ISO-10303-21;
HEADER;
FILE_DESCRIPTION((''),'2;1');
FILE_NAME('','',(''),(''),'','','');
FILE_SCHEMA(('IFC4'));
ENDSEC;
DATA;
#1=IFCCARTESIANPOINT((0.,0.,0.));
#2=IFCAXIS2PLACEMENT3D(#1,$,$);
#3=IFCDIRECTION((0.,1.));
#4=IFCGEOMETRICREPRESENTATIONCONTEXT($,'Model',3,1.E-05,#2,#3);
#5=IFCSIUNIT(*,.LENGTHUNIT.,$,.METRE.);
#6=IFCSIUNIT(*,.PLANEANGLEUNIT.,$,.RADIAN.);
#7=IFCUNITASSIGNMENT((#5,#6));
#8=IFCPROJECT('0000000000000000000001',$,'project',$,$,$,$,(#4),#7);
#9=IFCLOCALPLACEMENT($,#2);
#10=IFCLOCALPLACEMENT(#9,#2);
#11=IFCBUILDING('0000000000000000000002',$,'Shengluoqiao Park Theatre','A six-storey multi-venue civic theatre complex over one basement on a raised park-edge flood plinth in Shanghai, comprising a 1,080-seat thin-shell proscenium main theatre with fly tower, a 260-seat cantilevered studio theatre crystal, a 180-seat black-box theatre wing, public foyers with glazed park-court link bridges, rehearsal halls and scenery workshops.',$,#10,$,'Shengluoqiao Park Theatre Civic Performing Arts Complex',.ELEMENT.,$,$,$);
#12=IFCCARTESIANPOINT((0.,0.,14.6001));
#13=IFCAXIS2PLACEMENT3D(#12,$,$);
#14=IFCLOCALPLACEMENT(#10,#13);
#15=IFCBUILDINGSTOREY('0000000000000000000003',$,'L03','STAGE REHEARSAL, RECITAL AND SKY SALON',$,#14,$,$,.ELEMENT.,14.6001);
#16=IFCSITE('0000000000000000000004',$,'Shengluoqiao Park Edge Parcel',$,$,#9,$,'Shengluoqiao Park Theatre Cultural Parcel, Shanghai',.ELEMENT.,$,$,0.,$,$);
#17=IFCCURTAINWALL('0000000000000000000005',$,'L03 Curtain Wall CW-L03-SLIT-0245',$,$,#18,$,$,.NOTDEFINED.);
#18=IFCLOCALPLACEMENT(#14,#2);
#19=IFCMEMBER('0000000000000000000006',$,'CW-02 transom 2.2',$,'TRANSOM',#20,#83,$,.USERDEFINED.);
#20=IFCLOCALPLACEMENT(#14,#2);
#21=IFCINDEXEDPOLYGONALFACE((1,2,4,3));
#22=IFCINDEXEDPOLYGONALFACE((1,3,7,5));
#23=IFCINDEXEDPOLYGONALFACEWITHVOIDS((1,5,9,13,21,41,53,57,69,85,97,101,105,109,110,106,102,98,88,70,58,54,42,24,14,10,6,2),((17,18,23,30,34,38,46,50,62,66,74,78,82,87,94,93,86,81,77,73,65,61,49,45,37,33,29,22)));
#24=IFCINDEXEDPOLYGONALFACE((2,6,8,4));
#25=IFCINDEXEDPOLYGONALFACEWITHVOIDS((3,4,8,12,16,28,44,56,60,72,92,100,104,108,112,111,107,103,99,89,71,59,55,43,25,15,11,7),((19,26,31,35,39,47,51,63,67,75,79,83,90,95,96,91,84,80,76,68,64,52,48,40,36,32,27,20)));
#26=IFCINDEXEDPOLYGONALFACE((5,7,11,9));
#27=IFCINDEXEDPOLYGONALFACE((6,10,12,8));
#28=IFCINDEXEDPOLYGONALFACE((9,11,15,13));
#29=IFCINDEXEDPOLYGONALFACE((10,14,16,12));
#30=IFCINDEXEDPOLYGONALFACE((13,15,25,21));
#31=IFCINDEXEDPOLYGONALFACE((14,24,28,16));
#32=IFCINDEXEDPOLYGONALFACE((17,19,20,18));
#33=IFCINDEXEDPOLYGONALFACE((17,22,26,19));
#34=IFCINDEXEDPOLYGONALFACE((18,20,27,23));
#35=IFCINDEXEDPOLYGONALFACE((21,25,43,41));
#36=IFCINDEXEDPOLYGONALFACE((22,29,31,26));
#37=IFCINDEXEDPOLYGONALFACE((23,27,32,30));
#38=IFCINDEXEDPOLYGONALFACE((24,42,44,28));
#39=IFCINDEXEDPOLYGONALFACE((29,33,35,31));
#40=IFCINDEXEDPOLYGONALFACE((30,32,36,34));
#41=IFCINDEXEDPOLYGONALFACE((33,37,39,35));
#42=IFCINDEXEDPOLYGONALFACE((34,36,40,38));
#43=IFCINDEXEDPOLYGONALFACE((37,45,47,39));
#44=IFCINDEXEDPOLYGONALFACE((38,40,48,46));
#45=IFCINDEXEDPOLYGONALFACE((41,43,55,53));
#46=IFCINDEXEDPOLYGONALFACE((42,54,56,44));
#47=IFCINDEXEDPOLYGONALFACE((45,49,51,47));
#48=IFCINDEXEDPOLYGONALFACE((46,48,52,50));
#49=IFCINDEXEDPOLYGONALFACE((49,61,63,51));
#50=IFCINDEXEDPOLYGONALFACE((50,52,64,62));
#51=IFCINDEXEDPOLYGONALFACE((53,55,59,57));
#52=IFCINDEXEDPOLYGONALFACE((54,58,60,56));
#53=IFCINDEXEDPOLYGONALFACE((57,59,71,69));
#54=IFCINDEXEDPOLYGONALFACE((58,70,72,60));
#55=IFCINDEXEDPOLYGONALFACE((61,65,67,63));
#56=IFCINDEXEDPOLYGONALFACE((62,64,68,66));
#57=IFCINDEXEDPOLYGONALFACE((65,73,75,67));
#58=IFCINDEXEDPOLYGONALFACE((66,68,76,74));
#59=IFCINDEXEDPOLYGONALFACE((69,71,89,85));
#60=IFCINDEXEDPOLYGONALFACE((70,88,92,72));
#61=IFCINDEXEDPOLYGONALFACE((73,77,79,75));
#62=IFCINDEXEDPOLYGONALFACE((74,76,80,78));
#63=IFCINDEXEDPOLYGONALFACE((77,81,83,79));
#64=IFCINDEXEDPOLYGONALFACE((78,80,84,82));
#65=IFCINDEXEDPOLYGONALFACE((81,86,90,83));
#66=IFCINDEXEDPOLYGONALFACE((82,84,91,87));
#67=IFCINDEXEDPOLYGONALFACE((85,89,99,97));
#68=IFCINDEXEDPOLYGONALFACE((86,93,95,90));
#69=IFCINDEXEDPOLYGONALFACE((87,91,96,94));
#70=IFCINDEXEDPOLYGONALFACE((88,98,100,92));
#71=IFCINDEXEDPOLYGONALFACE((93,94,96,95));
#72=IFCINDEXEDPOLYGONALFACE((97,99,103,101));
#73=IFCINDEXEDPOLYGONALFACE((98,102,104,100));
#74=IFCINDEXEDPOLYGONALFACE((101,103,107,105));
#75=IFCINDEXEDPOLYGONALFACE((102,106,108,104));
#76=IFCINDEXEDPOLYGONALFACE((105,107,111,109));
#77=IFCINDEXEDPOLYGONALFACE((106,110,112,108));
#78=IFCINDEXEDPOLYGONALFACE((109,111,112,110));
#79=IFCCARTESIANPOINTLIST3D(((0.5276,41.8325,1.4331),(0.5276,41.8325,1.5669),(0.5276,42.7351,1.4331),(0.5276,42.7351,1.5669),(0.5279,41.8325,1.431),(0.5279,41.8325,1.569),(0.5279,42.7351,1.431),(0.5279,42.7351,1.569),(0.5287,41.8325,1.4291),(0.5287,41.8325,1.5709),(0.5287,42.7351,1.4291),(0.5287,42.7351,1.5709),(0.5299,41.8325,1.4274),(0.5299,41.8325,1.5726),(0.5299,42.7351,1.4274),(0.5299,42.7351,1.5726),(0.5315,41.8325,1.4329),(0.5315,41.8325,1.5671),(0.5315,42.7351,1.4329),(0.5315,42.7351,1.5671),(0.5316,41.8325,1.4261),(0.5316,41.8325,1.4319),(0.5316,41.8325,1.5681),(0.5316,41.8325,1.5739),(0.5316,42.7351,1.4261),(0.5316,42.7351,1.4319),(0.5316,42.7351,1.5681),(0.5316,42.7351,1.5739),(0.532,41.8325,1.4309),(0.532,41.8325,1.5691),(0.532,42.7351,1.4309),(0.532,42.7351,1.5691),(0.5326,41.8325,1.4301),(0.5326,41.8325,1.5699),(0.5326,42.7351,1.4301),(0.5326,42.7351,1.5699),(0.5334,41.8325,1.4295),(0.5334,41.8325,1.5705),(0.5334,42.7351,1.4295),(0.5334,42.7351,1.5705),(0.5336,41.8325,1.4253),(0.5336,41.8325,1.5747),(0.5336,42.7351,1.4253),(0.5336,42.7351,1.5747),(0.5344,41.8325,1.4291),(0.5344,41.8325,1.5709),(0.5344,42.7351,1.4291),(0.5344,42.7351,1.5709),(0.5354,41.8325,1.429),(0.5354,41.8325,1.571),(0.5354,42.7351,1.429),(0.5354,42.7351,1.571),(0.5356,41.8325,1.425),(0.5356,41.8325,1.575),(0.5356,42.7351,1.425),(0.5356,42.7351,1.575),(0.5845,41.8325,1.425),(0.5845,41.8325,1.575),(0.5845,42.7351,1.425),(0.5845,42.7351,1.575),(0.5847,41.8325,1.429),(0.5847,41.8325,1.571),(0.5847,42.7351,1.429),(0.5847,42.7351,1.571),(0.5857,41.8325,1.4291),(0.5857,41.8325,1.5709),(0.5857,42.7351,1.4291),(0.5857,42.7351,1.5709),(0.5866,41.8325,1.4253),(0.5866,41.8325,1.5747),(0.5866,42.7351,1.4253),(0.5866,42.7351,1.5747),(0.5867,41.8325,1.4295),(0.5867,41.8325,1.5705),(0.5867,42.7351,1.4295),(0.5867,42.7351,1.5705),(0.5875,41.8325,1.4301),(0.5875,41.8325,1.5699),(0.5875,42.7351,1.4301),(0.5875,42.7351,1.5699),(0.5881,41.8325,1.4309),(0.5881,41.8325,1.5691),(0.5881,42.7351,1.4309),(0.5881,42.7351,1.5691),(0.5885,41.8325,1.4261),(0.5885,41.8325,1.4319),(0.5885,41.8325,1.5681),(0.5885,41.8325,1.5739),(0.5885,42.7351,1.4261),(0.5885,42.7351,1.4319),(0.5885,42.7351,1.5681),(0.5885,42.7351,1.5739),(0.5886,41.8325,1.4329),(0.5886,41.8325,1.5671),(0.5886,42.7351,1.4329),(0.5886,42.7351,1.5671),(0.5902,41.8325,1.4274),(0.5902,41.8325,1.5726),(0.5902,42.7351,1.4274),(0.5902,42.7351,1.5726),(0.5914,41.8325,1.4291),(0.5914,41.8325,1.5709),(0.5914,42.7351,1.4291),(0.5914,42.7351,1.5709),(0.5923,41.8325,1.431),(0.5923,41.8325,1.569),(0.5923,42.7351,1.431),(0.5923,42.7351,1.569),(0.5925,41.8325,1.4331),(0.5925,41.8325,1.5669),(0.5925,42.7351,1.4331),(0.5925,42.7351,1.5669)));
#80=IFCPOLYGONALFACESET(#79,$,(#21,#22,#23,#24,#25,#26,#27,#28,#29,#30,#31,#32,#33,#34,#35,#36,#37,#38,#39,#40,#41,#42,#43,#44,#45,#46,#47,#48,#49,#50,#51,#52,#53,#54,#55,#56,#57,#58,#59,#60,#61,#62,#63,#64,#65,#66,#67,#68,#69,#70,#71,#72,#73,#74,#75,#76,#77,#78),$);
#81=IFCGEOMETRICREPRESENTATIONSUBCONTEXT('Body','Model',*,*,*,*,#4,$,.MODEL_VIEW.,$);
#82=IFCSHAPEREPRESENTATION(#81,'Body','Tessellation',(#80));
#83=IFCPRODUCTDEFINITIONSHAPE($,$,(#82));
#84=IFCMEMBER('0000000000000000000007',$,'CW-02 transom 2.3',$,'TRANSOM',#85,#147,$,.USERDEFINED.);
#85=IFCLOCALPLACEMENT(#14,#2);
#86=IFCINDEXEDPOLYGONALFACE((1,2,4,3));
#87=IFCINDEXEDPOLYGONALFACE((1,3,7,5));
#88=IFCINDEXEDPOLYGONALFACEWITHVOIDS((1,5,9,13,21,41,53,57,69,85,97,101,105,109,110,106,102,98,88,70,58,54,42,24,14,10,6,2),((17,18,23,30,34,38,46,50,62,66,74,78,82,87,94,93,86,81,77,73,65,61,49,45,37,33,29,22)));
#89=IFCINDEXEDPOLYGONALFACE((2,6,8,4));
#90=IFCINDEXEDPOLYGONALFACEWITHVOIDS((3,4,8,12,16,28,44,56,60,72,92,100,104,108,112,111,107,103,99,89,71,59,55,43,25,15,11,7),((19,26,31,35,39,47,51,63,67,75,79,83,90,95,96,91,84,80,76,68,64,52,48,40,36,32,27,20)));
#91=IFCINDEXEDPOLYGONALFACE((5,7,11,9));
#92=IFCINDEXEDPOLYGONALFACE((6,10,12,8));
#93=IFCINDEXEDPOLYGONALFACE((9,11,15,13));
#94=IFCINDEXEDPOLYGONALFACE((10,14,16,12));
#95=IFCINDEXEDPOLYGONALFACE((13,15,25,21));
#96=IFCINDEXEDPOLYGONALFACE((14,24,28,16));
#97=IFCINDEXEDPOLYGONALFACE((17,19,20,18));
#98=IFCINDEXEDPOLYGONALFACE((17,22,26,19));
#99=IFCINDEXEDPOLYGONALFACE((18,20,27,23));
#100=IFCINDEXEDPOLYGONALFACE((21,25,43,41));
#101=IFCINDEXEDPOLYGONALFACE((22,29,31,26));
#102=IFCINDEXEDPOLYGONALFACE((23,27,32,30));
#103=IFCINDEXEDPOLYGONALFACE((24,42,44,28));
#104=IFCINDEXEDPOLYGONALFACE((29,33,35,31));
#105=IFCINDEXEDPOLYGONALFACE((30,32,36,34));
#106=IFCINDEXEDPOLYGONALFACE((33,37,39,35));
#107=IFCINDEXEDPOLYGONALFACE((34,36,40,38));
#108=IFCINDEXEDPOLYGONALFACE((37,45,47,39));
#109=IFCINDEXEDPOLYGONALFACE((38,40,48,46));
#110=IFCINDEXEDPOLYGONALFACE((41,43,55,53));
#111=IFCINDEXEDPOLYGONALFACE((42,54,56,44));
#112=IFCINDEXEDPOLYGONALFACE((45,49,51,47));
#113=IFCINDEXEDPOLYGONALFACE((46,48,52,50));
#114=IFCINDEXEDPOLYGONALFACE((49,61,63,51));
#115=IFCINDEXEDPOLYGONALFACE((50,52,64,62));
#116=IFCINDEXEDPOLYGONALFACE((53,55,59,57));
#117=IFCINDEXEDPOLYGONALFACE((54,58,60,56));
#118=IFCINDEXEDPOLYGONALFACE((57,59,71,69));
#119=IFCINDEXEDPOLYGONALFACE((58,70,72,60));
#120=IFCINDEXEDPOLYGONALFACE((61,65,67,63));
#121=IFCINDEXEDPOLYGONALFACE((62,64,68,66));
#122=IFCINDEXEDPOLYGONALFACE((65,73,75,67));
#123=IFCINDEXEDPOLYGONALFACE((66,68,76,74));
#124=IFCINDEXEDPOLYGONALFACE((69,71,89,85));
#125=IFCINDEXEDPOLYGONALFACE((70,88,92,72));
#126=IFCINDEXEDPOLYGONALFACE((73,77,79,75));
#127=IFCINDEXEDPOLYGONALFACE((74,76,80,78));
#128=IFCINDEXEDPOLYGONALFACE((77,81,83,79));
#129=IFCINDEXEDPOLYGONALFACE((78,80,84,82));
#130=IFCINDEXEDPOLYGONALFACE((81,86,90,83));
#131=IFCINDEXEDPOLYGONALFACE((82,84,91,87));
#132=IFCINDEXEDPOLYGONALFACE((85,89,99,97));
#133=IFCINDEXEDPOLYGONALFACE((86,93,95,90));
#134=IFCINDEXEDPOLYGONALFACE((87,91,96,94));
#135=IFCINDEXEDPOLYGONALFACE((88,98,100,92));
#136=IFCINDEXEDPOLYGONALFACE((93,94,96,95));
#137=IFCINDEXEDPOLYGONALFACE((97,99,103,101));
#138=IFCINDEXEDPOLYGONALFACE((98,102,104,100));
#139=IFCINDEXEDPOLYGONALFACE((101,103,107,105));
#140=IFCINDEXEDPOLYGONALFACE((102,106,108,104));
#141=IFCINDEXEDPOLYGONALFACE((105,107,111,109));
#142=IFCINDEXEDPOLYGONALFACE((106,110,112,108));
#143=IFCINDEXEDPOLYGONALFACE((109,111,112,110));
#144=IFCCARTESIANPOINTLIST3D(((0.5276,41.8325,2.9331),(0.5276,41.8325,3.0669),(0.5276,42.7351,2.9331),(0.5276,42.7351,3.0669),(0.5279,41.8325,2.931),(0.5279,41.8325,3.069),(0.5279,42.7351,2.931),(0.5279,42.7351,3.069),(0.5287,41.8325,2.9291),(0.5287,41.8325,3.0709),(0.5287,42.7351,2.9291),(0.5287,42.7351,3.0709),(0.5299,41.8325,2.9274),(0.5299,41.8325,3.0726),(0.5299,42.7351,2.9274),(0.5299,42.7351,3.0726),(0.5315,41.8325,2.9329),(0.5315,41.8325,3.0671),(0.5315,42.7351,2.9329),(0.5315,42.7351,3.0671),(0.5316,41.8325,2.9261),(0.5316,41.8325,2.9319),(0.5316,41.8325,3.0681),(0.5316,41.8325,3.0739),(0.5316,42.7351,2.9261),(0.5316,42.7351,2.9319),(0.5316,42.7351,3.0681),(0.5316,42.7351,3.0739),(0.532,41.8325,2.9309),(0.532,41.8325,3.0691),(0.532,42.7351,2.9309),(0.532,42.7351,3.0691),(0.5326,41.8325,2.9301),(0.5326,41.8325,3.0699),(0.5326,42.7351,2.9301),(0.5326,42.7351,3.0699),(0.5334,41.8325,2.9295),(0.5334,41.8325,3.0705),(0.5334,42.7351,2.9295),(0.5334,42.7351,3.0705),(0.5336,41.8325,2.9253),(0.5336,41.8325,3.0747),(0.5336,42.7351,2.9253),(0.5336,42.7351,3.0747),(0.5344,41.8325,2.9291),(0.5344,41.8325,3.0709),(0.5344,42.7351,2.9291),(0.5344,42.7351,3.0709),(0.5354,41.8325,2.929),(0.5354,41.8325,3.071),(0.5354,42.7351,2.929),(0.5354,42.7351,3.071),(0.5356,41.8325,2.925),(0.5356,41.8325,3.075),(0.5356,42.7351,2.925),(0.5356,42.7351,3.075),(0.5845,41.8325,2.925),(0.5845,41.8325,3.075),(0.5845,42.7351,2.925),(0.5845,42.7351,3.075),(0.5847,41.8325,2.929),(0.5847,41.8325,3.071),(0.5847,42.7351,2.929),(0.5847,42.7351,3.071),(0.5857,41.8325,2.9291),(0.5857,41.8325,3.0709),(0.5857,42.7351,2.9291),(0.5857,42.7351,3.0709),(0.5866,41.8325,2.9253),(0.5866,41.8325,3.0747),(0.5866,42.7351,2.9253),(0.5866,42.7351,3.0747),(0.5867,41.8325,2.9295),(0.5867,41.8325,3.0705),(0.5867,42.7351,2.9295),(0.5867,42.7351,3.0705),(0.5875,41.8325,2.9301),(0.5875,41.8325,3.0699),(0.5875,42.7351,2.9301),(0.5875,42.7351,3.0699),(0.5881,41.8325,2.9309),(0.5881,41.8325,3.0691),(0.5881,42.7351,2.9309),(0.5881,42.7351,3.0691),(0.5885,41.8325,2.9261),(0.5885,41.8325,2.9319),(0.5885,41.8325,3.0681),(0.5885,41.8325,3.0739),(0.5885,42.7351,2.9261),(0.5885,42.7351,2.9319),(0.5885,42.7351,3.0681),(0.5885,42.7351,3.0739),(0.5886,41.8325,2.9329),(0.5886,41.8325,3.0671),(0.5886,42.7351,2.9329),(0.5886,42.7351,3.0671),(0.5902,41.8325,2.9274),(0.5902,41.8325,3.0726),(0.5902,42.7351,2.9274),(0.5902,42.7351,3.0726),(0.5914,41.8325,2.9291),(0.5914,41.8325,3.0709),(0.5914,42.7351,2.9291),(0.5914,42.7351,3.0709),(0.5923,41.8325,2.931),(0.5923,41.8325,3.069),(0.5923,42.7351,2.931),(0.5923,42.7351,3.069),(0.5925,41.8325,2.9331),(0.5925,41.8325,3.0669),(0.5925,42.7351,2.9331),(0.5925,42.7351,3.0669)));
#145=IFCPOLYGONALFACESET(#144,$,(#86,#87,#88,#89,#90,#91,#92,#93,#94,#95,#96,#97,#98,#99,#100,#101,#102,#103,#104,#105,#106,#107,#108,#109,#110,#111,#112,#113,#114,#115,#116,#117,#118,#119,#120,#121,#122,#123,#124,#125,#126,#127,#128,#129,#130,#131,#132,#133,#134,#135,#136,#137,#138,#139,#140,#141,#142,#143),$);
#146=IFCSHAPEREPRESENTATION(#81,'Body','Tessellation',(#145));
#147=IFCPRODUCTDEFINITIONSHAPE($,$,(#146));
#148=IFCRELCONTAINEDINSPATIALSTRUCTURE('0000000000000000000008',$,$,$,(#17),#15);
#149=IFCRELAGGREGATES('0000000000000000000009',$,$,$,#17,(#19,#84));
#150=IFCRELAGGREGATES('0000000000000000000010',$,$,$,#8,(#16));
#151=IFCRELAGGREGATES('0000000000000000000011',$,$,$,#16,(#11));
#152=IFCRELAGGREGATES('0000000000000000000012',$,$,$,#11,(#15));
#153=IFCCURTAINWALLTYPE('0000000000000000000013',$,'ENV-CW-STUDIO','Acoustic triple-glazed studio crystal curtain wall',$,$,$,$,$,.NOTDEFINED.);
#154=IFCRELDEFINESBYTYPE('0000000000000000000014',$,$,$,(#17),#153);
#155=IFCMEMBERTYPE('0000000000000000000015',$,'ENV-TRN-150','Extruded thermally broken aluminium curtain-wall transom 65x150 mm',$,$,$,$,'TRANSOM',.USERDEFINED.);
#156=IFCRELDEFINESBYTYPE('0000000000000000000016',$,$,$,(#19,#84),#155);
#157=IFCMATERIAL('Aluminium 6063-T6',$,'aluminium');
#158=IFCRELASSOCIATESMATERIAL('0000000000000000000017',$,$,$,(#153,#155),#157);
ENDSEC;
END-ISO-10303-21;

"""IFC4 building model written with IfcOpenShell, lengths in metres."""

from ifc_helpers import new_model, si_unit, direction, frame, origin, origin_2d, place, context, subcontext, project, spatial, hollow_rectangle, extrude, material, material_profile, profile_set, type_object, element, aggregate, save


model = new_model("IFC4")

# Units and contexts
model_context = context("Model", 3, precision=1e-05, world=origin(), true_north=direction((0.0, 1.0)))
body_context = subcontext(model_context, "Body", "Model", "MODEL_VIEW")
ifc_project = project(units=[si_unit("LENGTHUNIT", "METRE"), si_unit("PLANEANGLEUNIT", "RADIAN")], contexts=[model_context])

# Site, building, storey
site_placement = place(None, origin())
site = spatial("IfcSite", under=ifc_project, at=site_placement, Name="Shengluoqiao Park Edge Parcel", LongName="Shengluoqiao Park Theatre Cultural Parcel, Shanghai", CompositionType="ELEMENT", RefElevation=0.0)
building_placement = place(site_placement, origin())
building = spatial("IfcBuilding", under=site, at=building_placement, Name="Shengluoqiao Park Theatre", Description="A six-storey multi-venue civic theatre complex over one basement on a raised park-edge flood plinth in Shanghai, comprising a 1,080-seat thin-shell proscenium main theatre with fly tower, a 260-seat cantilevered studio theatre crystal, a 180-seat black-box theatre wing, public foyers with glazed park-court link bridges, rehearsal halls and scenery workshops.", LongName="Shengluoqiao Park Theatre Civic Performing Arts Complex", CompositionType="ELEMENT")
storey_placement = place(building_placement, frame((0.0, 0.0, 14.6001)))
storey = spatial("IfcBuildingStorey", under=building, at=storey_placement, Name="L03", Description="STAGE REHEARSAL, RECITAL AND SKY SALON", CompositionType="ELEMENT", Elevation=14.6001)

# Curtain wall, members
ifc_material_1 = material(Name="Aluminium 6063-T6", Category="aluminium")
curtain_wall_type = type_object("IfcCurtainWallType", Name="ENV-CW-STUDIO", Description="Acoustic triple-glazed studio crystal curtain wall", PredefinedType="NOTDEFINED", material=ifc_material_1)
curtain_wall_placement = place(storey_placement, origin())
curtain_wall = element("IfcCurtainWall", 1, at=curtain_wall_placement, inside=storey, type_object=curtain_wall_type, Name="L03 Curtain Wall CW-L03-SLIT-0245", PredefinedType="NOTDEFINED")
ifc_material_profile_1 = material_profile(ifc_material_1, hollow_rectangle(XDim=0.0649, YDim=0.1499, WallThickness=0.0039, InnerFilletRadius=0.0039, OuterFilletRadius=0.0081, at=origin_2d()), Name="ALU TRANSOM 150x65x4")
ifc_profile_set_1 = profile_set([ifc_material_profile_1], Name="Aluminium 6063-T6")
member_type_1 = type_object("IfcMemberType", Name="ENV-TRN-150", Description="Extruded thermally broken aluminium curtain-wall transom 65x150 mm", ElementType="TRANSOM", PredefinedType="USERDEFINED", material=ifc_profile_set_1)
member_1_placement = place(storey_placement, frame((0.5601, 41.8325, 1.5), z_axis=(0.0, 1.0, 0.0), x_axis=(-1.0, 0.0, 0.0)))
member_1 = element("IfcMember", 2, at=member_1_placement, type_object=member_type_1, Name="CW-02 transom 2.2", ObjectType="TRANSOM", PredefinedType="USERDEFINED", context=body_context, shape_type="SweptSolid", body=[
    extrude(hollow_rectangle(XDim=0.0649, YDim=0.1499, WallThickness=0.0039, InnerFilletRadius=0.0039, OuterFilletRadius=0.0081, at=origin_2d()), origin(), (0.0, 0.0, 1.0), 0.9026),
])
member_2_placement = place(storey_placement, frame((0.5601, 41.8325, 3.0), z_axis=(0.0, 1.0, 0.0), x_axis=(-1.0, 0.0, 0.0)))
member_2 = element("IfcMember", 3, at=member_2_placement, type_object=member_type_1, Name="CW-02 transom 2.3", ObjectType="TRANSOM", PredefinedType="USERDEFINED", context=body_context, shape_type="SweptSolid", body=[
    extrude(hollow_rectangle(XDim=0.0649, YDim=0.1499, WallThickness=0.0039, InnerFilletRadius=0.0039, OuterFilletRadius=0.0081, at=origin_2d()), origin(), (0.0, 0.0, 1.0), 0.9026),
])

aggregate(curtain_wall, [member_1, member_2])

save(model, "model.ifc")
